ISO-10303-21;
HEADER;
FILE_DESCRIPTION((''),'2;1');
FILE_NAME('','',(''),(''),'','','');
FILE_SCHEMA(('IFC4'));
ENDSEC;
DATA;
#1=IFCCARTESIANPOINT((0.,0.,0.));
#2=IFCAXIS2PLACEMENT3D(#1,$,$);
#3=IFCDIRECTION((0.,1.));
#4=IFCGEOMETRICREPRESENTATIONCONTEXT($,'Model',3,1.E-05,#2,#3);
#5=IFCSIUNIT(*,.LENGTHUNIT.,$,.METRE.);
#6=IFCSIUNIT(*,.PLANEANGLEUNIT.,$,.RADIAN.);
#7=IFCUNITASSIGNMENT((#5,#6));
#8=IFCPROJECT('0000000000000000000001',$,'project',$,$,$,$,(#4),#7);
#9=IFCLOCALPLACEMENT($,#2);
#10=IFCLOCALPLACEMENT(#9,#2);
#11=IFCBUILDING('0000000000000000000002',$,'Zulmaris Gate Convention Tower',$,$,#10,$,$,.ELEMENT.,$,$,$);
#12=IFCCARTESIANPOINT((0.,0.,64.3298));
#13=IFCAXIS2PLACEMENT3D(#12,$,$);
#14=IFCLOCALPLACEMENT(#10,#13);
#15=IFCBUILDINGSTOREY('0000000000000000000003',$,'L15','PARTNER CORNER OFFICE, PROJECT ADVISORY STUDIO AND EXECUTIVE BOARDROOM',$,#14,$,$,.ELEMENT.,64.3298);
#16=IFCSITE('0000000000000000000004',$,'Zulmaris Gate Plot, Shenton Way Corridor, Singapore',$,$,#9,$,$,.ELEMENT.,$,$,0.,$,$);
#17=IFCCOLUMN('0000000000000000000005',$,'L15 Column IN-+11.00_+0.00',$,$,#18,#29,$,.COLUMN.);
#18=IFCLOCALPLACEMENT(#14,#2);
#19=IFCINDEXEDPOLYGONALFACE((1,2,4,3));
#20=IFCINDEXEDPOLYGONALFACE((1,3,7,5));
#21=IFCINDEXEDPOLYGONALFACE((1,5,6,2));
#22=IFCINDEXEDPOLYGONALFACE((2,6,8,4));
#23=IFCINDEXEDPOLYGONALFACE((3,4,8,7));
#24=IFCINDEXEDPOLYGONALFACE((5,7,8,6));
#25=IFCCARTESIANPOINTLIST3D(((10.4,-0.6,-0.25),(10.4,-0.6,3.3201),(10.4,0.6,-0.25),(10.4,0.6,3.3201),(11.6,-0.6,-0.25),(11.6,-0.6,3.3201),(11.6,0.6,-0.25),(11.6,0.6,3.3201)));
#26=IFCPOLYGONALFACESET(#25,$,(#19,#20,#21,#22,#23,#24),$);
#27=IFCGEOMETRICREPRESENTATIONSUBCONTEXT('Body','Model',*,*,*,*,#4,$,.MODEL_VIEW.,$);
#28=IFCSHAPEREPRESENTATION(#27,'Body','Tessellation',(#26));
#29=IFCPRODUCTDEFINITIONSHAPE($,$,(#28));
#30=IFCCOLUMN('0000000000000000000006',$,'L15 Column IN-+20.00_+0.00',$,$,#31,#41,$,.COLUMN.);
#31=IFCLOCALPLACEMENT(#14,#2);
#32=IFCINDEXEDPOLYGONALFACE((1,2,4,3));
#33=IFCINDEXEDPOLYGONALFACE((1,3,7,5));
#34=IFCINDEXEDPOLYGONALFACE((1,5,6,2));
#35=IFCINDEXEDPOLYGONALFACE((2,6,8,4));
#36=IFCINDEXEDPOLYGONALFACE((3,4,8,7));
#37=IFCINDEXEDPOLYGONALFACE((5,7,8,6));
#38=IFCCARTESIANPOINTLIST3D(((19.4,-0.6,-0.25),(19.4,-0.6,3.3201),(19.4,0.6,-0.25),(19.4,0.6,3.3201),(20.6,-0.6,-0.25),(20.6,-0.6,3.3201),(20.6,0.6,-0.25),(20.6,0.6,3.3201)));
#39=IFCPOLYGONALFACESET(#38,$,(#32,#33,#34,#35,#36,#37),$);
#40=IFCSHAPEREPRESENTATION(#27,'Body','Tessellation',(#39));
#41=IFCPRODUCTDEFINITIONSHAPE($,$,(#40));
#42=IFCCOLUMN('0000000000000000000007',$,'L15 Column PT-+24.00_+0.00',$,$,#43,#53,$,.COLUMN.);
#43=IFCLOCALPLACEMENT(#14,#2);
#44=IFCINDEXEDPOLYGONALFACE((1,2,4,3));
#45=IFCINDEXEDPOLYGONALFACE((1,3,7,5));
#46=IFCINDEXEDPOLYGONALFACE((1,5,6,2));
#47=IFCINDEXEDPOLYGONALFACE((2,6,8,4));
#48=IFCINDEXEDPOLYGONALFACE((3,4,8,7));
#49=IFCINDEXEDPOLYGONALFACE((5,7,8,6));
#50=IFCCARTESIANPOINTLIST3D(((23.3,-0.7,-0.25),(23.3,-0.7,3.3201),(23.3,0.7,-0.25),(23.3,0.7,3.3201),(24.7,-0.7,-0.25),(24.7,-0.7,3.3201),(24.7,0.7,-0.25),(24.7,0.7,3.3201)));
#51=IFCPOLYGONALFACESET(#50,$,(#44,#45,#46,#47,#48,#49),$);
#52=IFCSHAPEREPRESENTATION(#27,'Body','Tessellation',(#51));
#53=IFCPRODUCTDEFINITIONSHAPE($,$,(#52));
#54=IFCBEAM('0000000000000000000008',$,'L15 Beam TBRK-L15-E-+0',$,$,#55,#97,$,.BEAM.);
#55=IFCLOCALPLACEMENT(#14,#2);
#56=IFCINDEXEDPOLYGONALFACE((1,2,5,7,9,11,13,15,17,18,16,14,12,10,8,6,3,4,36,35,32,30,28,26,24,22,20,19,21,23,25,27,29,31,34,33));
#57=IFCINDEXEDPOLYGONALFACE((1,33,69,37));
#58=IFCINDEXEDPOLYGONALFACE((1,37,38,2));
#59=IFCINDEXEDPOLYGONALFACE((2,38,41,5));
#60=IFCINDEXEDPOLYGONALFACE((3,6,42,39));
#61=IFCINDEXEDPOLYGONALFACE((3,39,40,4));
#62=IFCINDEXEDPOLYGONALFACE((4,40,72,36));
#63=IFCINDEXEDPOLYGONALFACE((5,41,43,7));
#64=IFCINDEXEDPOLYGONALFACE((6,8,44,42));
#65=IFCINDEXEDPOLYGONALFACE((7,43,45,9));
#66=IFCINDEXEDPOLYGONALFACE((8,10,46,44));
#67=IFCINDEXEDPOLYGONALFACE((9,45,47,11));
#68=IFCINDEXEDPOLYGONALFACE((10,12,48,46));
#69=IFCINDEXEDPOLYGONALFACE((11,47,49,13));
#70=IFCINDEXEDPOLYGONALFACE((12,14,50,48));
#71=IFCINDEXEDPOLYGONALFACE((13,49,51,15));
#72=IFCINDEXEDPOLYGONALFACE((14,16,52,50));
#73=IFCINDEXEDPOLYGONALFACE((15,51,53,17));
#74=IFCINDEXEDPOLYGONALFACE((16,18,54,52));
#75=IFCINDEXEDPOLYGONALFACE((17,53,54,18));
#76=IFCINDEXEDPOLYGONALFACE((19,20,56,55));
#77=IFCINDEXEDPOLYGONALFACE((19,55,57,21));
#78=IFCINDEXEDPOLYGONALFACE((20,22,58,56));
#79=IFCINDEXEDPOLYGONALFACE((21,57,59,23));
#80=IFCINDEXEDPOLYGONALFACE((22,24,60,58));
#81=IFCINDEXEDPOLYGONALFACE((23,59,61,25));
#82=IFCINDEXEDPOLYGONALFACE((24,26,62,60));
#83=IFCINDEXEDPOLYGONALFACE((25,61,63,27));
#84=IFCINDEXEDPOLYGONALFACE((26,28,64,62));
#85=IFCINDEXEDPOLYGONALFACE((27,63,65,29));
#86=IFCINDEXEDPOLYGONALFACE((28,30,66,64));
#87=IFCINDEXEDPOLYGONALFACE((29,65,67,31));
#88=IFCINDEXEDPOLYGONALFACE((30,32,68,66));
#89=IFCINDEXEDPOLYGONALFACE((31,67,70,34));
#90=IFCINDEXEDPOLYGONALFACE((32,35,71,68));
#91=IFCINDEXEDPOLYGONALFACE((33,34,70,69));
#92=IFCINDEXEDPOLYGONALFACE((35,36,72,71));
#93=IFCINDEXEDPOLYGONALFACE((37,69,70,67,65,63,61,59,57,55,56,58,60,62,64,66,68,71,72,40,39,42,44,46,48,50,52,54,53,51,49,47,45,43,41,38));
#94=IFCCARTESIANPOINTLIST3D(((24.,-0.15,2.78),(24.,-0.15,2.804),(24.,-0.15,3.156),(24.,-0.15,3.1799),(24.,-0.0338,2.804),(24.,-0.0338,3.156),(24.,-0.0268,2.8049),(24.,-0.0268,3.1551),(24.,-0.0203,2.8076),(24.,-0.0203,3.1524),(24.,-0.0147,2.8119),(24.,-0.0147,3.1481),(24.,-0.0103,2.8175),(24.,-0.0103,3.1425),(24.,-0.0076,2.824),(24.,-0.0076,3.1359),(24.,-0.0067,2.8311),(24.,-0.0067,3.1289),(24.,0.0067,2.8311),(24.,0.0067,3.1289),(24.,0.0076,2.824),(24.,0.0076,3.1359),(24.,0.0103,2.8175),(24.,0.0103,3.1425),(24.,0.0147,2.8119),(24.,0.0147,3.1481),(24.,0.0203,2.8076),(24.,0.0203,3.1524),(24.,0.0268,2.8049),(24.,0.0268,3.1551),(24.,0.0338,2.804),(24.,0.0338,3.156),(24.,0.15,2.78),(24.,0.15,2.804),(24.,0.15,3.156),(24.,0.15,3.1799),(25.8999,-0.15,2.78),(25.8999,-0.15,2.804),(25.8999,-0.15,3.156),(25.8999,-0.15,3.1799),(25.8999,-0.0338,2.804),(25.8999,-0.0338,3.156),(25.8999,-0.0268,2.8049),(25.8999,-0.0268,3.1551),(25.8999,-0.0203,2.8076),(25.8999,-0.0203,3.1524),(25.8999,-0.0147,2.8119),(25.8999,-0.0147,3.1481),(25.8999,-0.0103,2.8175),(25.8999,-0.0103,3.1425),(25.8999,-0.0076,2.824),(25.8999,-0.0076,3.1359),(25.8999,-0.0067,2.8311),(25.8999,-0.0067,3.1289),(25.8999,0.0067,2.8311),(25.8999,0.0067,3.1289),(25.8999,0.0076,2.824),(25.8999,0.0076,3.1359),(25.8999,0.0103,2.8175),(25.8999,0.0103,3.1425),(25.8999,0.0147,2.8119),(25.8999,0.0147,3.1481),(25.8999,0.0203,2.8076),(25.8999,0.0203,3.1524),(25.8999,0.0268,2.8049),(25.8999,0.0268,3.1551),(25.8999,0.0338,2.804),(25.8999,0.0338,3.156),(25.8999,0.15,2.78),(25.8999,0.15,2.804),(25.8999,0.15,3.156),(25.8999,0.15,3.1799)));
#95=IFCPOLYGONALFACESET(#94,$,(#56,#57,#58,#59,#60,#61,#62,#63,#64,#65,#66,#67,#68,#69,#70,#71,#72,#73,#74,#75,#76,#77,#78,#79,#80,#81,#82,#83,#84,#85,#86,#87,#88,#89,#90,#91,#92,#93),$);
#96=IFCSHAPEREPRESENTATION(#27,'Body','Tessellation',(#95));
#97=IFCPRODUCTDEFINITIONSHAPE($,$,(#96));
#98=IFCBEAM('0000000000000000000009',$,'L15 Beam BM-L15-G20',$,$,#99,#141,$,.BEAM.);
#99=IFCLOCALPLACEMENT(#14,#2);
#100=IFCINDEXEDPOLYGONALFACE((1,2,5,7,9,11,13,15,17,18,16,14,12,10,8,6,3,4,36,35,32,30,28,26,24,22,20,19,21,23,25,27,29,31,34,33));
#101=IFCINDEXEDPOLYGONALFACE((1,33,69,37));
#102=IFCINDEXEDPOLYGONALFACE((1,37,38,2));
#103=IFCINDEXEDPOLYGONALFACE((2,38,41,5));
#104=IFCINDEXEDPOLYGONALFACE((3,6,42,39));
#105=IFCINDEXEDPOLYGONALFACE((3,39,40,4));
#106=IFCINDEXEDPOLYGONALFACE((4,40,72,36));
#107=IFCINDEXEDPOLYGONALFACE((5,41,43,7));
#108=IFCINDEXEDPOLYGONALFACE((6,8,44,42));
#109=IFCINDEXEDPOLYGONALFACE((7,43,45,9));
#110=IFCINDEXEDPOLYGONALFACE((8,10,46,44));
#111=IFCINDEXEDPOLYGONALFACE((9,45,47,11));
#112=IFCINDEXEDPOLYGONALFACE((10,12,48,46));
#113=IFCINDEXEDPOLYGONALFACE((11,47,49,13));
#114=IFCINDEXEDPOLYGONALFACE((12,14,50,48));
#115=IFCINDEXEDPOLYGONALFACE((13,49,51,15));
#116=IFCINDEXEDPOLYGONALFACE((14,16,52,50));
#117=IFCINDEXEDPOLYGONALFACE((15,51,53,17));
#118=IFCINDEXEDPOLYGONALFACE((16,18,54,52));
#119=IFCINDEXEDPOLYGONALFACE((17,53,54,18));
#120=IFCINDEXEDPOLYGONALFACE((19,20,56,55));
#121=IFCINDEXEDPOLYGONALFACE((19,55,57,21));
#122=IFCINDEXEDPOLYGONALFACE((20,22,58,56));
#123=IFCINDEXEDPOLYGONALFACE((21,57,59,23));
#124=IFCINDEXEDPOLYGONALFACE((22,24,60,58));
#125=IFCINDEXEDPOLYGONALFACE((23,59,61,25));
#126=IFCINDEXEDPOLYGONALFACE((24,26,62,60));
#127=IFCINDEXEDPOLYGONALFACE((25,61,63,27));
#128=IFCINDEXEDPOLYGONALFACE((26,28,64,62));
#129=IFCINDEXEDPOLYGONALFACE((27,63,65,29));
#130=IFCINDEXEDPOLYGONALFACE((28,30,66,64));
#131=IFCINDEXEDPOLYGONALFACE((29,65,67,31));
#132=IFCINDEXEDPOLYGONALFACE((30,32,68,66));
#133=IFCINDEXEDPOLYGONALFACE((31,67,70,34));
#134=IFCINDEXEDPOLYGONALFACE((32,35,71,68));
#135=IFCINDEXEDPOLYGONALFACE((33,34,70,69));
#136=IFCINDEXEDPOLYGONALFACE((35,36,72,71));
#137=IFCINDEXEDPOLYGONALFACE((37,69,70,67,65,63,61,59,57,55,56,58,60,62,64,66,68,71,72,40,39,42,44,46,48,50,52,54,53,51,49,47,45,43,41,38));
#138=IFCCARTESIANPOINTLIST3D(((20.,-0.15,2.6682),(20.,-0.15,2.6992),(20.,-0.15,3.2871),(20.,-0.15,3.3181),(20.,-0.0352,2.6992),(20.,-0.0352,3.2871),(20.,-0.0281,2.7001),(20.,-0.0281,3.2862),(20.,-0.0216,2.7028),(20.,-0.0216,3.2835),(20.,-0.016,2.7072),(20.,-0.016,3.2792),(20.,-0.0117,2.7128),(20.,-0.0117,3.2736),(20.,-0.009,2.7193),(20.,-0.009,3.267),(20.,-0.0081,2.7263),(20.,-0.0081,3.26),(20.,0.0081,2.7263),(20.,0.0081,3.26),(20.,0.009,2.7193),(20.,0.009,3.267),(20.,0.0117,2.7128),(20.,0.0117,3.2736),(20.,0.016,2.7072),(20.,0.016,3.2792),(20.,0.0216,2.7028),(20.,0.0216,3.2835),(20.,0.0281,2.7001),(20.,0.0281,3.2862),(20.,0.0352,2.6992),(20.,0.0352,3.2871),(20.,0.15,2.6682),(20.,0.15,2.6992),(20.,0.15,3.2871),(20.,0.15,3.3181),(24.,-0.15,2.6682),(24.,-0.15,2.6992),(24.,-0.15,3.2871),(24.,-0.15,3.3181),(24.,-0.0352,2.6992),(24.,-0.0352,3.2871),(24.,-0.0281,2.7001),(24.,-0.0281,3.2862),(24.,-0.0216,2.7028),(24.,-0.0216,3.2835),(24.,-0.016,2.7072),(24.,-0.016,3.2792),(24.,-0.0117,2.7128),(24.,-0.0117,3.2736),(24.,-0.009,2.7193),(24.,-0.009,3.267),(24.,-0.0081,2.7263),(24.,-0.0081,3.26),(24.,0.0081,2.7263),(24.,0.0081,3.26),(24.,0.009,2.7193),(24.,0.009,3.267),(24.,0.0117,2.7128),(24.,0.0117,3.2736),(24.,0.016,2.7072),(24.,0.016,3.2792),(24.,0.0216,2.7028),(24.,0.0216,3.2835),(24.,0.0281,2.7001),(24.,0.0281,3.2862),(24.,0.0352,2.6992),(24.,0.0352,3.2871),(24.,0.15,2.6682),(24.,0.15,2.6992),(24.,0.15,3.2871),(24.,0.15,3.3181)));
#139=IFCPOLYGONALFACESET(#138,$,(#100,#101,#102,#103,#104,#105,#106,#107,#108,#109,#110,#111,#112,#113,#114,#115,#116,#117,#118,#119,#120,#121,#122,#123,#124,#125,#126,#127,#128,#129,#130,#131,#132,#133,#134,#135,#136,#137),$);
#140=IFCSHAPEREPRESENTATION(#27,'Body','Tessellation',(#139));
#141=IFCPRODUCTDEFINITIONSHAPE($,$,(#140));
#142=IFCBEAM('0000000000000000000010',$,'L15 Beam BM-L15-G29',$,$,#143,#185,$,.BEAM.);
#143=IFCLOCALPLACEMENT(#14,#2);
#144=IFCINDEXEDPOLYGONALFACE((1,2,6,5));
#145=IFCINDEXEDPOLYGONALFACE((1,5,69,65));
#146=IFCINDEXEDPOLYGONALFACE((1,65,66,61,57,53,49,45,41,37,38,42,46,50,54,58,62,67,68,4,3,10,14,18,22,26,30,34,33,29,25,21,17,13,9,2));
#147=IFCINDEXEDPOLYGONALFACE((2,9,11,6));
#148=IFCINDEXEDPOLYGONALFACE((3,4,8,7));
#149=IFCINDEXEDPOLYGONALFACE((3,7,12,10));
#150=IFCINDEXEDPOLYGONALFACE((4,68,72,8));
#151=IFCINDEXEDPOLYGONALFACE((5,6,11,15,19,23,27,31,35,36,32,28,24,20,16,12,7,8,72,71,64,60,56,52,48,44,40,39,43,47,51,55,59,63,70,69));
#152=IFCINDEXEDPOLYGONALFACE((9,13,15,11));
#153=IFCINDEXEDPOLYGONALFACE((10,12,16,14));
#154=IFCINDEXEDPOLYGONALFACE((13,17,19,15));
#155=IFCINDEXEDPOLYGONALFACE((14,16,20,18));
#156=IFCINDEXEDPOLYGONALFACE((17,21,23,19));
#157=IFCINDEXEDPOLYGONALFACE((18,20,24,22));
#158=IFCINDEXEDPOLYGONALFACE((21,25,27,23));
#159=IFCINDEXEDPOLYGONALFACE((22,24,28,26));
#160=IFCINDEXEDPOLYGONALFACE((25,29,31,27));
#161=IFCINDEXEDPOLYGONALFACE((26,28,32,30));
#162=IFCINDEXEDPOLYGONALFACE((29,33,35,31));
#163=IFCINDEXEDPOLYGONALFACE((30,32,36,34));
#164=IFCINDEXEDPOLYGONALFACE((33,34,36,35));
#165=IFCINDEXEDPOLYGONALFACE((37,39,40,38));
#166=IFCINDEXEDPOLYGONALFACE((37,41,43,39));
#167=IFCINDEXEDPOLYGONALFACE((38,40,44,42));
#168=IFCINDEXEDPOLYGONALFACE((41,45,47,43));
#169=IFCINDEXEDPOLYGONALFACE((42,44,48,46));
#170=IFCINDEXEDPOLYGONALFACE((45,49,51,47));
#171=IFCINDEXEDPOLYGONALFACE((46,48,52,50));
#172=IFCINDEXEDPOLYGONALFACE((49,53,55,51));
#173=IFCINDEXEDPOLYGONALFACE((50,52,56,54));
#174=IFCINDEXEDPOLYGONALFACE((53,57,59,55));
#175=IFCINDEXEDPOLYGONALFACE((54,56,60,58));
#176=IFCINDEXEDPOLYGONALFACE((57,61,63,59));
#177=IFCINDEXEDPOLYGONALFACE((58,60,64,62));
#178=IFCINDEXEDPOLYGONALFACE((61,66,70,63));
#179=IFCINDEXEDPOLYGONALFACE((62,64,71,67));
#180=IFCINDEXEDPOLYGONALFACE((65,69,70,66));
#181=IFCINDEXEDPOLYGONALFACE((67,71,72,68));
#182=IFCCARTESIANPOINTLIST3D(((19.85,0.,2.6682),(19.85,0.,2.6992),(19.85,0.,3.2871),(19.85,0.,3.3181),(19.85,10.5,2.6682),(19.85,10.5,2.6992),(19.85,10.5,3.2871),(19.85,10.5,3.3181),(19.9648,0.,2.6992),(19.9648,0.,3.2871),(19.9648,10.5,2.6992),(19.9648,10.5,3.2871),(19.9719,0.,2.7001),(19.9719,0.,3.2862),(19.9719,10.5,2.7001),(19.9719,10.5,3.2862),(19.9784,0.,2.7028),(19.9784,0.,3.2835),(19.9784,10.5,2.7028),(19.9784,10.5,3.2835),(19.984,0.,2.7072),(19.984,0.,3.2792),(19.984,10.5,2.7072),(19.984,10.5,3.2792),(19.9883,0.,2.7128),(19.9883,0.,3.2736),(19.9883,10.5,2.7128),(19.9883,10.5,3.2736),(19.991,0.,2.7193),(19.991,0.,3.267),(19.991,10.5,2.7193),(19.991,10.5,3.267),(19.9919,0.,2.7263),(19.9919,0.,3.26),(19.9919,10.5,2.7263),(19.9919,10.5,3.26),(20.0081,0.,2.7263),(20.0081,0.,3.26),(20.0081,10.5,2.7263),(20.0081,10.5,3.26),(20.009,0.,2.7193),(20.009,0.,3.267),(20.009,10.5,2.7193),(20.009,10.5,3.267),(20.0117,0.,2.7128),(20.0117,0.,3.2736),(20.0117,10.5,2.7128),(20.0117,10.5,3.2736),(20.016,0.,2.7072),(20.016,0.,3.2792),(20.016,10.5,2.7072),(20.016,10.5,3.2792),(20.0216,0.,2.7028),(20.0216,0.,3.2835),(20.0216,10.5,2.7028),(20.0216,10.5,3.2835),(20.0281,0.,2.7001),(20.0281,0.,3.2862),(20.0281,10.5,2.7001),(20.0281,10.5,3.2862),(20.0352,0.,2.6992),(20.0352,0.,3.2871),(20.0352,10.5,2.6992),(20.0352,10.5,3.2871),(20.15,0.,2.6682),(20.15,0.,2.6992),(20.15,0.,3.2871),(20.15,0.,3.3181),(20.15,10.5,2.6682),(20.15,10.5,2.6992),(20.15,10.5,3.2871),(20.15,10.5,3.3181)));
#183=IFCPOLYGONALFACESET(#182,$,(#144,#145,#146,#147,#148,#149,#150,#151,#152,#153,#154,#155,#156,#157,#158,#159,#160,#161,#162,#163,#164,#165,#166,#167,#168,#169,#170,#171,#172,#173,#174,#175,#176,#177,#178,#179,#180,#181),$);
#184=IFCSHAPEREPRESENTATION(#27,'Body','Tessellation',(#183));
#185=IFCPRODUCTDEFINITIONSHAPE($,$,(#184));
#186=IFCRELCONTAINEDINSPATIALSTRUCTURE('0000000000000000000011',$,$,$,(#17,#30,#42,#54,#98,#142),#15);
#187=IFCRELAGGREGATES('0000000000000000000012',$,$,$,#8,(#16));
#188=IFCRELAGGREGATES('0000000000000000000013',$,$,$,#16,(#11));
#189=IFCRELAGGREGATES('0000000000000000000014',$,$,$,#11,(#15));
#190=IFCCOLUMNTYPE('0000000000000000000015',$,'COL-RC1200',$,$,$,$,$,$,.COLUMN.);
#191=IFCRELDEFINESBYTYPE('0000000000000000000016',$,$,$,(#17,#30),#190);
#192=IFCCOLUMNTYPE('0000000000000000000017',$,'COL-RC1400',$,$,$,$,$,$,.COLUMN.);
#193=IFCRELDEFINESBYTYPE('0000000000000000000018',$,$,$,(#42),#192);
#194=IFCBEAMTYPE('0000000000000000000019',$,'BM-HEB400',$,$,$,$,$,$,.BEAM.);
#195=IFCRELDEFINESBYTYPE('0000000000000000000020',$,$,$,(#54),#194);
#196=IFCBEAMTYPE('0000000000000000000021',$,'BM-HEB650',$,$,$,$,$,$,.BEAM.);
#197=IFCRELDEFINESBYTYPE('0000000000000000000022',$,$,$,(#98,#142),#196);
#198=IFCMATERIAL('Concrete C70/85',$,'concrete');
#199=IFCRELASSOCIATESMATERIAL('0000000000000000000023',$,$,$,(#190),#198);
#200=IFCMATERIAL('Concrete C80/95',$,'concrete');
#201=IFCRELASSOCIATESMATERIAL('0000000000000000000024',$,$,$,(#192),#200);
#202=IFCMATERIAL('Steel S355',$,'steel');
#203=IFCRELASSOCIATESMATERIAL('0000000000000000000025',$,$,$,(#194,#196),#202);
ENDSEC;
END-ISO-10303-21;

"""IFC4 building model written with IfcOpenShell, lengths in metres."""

from ifc_helpers import new_model, si_unit, direction, frame, origin, origin_2d, place, context, subcontext, project, spatial, rectangle, i_section, extrude, material, material_profile, profile_set, type_object, element, save


model = new_model("IFC4")

# Units and contexts
model_context = context("Model", 3, precision=1e-05, world=origin(), true_north=direction((0.0, 1.0)))
body_context = subcontext(model_context, "Body", "Model", "MODEL_VIEW")
ifc_project = project(units=[si_unit("LENGTHUNIT", "METRE"), si_unit("PLANEANGLEUNIT", "RADIAN")], contexts=[model_context])

# Site, building, storey
site_placement = place(None, origin())
site = spatial("IfcSite", under=ifc_project, at=site_placement, Name="Zulmaris Gate Plot, Shenton Way Corridor, Singapore", CompositionType="ELEMENT", RefElevation=0.0)
building_placement = place(site_placement, origin())
building = spatial("IfcBuilding", under=site, at=building_placement, Name="Zulmaris Gate Convention Tower", CompositionType="ELEMENT")
storey_placement = place(building_placement, frame((0.0, 0.0, 64.3298)))
storey = spatial("IfcBuildingStorey", under=building, at=storey_placement, Name="L15", Description="PARTNER CORNER OFFICE, PROJECT ADVISORY STUDIO AND EXECUTIVE BOARDROOM", CompositionType="ELEMENT", Elevation=64.3298)

# Columns
ifc_material_1 = material(Name="Concrete C70/85", Category="concrete")
ifc_material_profile_1 = material_profile(ifc_material_1, rectangle(XDim=1.2, YDim=1.2, at=origin_2d()), Name="RC COL 1200x1200")
ifc_profile_set_1 = profile_set([ifc_material_profile_1], Name="Concrete C70/85")
column_type_1 = type_object("IfcColumnType", Name="COL-RC1200", PredefinedType="COLUMN", material=ifc_profile_set_1)
for number, where, z_axis, x_axis, name in (
    (1, (11.0, 0.0, -0.25), (0.0, 0.0, 1.0), (1.0, 0.0, 0.0), "L15 Column IN-+11.00_+0.00"),
    (2, (20.0, 0.0, -0.25), (0.0, 0.0, 1.0), (1.0, 0.0, 0.0), "L15 Column IN-+20.00_+0.00"),
):
    element("IfcColumn", number, at=place(storey_placement, frame(where, z_axis=z_axis, x_axis=x_axis)), inside=storey, type_object=column_type_1, Name=name, PredefinedType="COLUMN", context=body_context, shape_type="SweptSolid", body=[
        extrude(rectangle(XDim=1.2, YDim=1.2, at=origin_2d()), origin(), (0.0, 0.0, 1.0), 3.5701),
    ])
ifc_material_2 = material(Name="Concrete C80/95", Category="concrete")
ifc_material_profile_2 = material_profile(ifc_material_2, rectangle(XDim=1.3999, YDim=1.3999, at=origin_2d()), Name="RC COL 1400x1400")
ifc_profile_set_2 = profile_set([ifc_material_profile_2], Name="Concrete C80/95")
column_type_2 = type_object("IfcColumnType", Name="COL-RC1400", PredefinedType="COLUMN", material=ifc_profile_set_2)
column_placement = place(storey_placement, frame((24.0, 0.0, -0.25), z_axis=(0.0, 0.0, 1.0), x_axis=(1.0, 0.0, 0.0)))
element("IfcColumn", 3, at=column_placement, inside=storey, type_object=column_type_2, Name="L15 Column PT-+24.00_+0.00", PredefinedType="COLUMN", context=body_context, shape_type="SweptSolid", body=[
    extrude(rectangle(XDim=1.3999, YDim=1.3999, at=origin_2d()), origin(), (0.0, 0.0, 1.0), 3.5701),
])

# Beams
ifc_material_3 = material(Name="Steel S355", Category="steel")
ifc_material_profile_3 = material_profile(ifc_material_3, i_section(OverallWidth=0.3, OverallDepth=0.3999, WebThickness=0.0134, FlangeThickness=0.0239, FilletRadius=0.0271, at=origin_2d()), Name="HEB 400")
ifc_profile_set_3 = profile_set([ifc_material_profile_3], Name="Steel S355")
beam_type_1 = type_object("IfcBeamType", Name="BM-HEB400", PredefinedType="BEAM", material=ifc_profile_set_3)
beam_1_placement = place(storey_placement, frame((24.0, 0.0, 2.98), z_axis=(1.0, 0.0, 0.0), x_axis=(0.0, 1.0, 0.0)))
element("IfcBeam", 4, at=beam_1_placement, inside=storey, type_object=beam_type_1, Name="L15 Beam TBRK-L15-E-+0", PredefinedType="BEAM", context=body_context, shape_type="SweptSolid", body=[
    extrude(i_section(OverallWidth=0.3, OverallDepth=0.3999, WebThickness=0.0134, FlangeThickness=0.0239, FilletRadius=0.0271, at=origin_2d()), origin(), (0.0, 0.0, 1.0), 1.8999),
])
ifc_material_profile_4 = material_profile(ifc_material_3, i_section(OverallWidth=0.3, OverallDepth=0.6499, WebThickness=0.0161, FlangeThickness=0.031, FilletRadius=0.0271, at=origin_2d()), Name="HEB 650")
ifc_profile_set_4 = profile_set([ifc_material_profile_4], Name="Steel S355")
beam_type_2 = type_object("IfcBeamType", Name="BM-HEB650", PredefinedType="BEAM", material=ifc_profile_set_4)
beam_2_placement = place(storey_placement, frame((20.0, 0.0, 2.9932), z_axis=(1.0, 0.0, 0.0), x_axis=(0.0, 1.0, 0.0)))
element("IfcBeam", 5, at=beam_2_placement, inside=storey, type_object=beam_type_2, Name="L15 Beam BM-L15-G20", PredefinedType="BEAM", context=body_context, shape_type="SweptSolid", body=[
    extrude(i_section(OverallWidth=0.3, OverallDepth=0.6499, WebThickness=0.0161, FlangeThickness=0.031, FilletRadius=0.0271, at=origin_2d()), origin(), (0.0, 0.0, 1.0), 4.0),
])
beam_3_placement = place(storey_placement, frame((20.0, 0.0, 2.9932), z_axis=(0.0, 1.0, 0.0), x_axis=(-1.0, 0.0, 0.0)))
element("IfcBeam", 6, at=beam_3_placement, inside=storey, type_object=beam_type_2, Name="L15 Beam BM-L15-G29", PredefinedType="BEAM", context=body_context, shape_type="SweptSolid", body=[
    extrude(i_section(OverallWidth=0.3, OverallDepth=0.6499, WebThickness=0.0161, FlangeThickness=0.031, FilletRadius=0.0271, at=origin_2d()), origin(), (0.0, 0.0, 1.0), 10.5),
])

save(model, "model.ifc")
